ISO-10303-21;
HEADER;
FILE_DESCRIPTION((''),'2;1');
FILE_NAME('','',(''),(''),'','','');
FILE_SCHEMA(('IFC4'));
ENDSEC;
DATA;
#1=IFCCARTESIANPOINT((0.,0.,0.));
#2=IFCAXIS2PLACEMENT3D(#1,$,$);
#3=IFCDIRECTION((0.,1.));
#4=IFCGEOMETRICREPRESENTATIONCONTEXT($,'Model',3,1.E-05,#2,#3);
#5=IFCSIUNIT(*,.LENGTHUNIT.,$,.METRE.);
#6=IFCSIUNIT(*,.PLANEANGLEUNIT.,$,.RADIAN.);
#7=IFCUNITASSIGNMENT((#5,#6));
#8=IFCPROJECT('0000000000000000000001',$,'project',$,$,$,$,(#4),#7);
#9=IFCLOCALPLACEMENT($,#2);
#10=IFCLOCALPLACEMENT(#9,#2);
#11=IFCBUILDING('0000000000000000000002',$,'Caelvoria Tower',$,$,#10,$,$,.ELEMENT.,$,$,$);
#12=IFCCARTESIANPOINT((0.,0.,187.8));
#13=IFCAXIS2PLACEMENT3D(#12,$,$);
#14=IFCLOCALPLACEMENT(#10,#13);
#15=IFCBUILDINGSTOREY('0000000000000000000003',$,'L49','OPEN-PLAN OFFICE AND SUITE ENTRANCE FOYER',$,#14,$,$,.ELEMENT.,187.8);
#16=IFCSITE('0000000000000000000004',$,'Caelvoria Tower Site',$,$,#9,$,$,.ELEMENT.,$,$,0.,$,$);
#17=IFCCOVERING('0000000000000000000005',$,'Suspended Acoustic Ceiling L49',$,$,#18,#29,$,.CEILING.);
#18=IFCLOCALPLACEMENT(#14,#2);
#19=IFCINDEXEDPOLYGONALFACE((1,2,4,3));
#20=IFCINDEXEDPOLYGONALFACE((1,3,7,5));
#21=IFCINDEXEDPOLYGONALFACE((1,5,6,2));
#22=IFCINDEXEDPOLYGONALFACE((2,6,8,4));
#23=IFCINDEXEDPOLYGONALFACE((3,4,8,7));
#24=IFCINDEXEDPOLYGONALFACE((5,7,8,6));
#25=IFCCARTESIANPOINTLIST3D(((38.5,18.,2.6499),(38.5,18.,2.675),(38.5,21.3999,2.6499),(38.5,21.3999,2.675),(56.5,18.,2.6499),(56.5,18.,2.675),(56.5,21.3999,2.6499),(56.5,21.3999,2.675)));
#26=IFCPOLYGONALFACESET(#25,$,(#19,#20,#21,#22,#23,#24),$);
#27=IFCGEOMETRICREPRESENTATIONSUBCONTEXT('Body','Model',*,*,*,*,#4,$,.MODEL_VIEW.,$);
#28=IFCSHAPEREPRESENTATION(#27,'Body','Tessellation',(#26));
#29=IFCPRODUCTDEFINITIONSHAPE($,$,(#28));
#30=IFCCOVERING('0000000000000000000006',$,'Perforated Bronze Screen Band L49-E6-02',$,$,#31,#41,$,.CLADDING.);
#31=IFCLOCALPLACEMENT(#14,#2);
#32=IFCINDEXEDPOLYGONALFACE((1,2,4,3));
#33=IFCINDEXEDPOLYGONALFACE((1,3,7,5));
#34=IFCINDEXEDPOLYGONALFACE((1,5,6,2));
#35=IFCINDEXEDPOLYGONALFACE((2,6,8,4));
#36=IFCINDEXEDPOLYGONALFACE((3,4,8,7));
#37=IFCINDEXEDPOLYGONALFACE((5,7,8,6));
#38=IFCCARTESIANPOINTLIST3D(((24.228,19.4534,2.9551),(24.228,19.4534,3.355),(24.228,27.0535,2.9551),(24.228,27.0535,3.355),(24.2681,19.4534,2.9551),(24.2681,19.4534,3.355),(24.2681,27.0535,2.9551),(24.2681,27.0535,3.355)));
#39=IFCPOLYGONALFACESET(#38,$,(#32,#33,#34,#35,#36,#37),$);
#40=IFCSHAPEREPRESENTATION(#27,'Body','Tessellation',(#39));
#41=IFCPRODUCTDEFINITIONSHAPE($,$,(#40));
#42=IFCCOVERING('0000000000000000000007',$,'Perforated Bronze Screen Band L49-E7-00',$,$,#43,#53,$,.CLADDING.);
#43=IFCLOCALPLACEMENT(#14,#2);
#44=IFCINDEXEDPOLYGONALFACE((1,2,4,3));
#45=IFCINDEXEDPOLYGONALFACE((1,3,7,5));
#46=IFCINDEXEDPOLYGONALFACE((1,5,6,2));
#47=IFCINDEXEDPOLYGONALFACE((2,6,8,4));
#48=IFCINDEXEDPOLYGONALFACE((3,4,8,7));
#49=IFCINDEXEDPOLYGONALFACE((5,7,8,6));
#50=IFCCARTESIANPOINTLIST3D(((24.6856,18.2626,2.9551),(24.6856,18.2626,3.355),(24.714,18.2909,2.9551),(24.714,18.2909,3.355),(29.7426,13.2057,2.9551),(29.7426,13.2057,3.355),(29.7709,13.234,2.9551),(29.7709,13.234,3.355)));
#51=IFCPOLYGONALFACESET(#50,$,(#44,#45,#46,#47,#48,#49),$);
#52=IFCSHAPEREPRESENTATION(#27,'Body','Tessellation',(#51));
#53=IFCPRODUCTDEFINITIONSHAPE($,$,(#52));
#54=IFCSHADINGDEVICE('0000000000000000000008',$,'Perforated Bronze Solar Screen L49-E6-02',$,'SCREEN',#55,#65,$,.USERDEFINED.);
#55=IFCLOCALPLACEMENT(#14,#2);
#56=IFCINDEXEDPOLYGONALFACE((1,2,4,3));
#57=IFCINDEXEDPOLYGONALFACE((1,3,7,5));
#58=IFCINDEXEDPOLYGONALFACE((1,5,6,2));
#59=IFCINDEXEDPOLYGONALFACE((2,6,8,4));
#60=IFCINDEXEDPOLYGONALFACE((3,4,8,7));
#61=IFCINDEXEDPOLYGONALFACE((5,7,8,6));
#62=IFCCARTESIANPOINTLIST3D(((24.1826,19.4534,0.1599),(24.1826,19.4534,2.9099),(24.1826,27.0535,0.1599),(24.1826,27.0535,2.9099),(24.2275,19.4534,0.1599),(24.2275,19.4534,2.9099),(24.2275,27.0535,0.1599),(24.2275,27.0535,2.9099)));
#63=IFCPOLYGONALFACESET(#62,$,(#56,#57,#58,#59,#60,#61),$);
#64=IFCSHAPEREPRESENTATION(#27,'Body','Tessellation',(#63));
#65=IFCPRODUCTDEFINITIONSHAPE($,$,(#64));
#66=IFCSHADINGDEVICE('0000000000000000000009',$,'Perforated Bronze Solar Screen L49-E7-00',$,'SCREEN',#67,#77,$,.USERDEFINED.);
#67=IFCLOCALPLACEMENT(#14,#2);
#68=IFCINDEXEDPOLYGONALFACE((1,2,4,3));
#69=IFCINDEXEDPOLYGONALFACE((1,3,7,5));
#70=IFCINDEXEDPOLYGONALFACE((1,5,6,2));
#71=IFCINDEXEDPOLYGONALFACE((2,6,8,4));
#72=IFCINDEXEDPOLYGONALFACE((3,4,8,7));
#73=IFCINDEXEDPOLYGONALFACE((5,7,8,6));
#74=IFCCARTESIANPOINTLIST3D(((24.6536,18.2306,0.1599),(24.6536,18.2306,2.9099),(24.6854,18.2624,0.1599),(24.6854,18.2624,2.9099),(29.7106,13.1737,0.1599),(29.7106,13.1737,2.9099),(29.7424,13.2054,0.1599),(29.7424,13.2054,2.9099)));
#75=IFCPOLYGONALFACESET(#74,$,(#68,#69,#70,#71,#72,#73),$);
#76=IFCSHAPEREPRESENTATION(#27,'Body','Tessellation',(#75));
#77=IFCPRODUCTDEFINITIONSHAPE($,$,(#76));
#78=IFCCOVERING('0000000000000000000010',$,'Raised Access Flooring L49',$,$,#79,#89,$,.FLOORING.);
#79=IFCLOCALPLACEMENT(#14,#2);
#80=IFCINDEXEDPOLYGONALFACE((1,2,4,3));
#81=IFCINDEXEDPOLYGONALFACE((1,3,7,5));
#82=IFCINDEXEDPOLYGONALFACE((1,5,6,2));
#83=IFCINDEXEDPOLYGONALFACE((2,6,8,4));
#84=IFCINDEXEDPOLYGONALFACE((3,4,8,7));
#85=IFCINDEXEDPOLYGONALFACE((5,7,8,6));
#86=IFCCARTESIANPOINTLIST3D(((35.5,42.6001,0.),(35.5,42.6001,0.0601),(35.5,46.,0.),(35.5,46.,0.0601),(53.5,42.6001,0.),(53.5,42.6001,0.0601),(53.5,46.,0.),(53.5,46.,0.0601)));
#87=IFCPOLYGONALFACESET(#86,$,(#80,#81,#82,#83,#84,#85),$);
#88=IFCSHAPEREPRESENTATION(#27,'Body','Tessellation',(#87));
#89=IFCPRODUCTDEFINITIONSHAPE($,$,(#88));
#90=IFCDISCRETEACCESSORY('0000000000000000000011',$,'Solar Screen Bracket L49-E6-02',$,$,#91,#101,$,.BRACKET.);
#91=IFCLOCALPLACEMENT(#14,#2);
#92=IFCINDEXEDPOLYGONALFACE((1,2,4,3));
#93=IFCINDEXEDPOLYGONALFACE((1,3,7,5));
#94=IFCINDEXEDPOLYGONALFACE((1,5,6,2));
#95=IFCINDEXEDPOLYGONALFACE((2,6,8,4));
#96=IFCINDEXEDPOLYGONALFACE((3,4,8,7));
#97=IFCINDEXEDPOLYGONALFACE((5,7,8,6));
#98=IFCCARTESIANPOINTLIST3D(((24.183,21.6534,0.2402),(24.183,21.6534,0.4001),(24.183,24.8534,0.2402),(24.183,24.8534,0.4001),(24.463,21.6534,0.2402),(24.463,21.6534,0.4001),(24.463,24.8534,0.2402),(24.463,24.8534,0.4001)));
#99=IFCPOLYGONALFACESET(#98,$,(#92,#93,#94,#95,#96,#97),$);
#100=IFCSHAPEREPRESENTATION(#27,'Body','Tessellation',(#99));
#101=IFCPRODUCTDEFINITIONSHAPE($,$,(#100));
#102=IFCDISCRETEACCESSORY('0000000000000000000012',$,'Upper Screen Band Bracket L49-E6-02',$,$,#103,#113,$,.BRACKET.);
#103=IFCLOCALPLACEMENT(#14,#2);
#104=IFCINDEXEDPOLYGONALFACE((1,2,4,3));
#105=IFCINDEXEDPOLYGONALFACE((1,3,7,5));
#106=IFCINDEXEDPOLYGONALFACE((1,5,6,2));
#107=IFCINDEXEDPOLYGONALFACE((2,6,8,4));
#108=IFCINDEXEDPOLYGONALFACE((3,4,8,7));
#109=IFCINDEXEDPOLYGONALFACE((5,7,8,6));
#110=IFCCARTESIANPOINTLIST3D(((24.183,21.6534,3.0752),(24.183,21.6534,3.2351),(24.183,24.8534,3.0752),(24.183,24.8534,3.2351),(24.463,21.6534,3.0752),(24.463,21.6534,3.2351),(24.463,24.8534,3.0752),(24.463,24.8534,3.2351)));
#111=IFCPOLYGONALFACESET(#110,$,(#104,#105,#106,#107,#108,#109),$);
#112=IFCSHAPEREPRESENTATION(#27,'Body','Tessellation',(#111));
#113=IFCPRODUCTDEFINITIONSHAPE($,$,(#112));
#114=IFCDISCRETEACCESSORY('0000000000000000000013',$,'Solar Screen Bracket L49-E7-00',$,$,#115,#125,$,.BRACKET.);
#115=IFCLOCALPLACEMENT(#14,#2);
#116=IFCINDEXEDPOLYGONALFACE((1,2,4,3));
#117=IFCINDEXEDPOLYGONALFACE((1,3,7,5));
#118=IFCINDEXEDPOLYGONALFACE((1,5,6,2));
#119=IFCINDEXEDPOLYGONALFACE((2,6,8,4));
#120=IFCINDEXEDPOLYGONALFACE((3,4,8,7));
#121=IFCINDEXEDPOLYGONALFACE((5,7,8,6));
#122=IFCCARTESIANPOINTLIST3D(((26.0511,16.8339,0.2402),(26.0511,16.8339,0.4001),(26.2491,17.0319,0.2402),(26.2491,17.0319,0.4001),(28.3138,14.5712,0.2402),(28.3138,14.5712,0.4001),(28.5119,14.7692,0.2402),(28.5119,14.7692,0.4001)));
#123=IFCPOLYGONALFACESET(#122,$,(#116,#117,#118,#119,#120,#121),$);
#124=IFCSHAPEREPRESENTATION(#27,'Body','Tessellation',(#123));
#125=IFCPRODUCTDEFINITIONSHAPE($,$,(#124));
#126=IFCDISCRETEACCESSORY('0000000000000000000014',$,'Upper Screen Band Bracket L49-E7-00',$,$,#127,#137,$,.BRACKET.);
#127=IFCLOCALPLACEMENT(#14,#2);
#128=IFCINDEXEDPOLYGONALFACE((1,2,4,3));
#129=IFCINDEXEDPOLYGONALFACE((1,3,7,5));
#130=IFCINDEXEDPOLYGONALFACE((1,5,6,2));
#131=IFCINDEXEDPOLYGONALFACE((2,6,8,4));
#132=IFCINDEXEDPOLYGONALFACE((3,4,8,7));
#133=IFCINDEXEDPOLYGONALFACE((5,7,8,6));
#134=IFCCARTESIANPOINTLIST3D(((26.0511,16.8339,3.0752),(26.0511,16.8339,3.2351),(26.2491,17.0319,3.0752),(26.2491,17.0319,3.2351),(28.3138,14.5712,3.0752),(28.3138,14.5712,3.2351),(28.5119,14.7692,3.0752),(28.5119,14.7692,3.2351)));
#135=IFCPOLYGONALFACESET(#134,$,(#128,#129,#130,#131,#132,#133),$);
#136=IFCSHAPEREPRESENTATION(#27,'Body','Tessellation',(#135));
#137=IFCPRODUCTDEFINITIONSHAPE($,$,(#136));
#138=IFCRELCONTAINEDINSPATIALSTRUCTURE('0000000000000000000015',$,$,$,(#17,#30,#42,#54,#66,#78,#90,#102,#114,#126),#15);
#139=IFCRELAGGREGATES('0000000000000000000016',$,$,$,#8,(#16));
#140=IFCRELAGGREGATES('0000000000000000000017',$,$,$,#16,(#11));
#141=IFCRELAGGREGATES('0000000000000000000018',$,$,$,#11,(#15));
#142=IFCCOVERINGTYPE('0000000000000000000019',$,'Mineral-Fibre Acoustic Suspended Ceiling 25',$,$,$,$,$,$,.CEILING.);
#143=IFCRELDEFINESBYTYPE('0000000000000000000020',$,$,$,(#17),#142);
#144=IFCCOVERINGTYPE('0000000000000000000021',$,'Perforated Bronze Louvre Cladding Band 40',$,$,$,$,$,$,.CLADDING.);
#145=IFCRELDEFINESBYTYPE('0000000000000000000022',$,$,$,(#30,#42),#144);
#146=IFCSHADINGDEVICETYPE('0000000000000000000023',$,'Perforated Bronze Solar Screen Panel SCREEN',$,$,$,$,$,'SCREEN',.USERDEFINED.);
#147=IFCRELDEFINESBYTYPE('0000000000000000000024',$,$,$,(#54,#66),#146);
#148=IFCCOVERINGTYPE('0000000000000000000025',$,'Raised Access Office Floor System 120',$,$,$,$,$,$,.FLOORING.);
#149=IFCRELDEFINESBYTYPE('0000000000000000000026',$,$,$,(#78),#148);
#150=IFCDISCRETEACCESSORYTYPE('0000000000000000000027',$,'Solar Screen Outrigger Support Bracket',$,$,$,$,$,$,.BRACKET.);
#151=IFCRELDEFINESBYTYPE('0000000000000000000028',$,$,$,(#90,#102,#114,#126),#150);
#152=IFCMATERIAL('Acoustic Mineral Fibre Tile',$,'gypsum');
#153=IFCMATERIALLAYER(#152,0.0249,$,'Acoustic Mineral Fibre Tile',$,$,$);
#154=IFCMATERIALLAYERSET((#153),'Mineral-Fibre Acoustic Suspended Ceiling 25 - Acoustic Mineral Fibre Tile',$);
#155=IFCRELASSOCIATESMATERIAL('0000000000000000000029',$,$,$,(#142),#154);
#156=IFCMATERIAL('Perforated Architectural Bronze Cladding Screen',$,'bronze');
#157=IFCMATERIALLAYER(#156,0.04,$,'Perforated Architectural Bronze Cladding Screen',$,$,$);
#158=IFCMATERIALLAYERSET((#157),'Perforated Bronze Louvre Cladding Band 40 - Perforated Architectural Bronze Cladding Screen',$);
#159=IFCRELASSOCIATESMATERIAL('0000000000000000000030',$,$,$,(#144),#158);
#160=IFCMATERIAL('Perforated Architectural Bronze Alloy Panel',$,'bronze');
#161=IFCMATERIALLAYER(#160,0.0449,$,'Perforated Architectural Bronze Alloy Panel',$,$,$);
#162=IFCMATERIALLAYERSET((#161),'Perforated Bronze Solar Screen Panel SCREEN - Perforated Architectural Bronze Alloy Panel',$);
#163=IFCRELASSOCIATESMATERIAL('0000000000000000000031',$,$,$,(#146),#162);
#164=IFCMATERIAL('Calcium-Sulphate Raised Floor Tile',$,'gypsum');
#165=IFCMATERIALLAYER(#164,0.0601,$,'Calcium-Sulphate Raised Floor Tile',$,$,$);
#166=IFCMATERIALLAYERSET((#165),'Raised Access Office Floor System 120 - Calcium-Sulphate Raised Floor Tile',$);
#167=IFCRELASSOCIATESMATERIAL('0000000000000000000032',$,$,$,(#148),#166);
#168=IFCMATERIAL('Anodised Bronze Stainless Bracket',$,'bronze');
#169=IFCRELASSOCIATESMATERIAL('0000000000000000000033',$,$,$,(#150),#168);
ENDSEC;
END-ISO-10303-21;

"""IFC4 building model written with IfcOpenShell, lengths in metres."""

from ifc_helpers import new_model, si_unit, direction, frame, origin, origin_2d, place, context, subcontext, project, spatial, polyline, rectangle, outline, extrude, material, layer, layer_set, type_object, element, save


model = new_model("IFC4")

# Units and contexts
model_context = context("Model", 3, precision=1e-05, world=origin(), true_north=direction((0.0, 1.0)))
body_context = subcontext(model_context, "Body", "Model", "MODEL_VIEW")
ifc_project = project(units=[si_unit("LENGTHUNIT", "METRE"), si_unit("PLANEANGLEUNIT", "RADIAN")], contexts=[model_context])

# Site, building, storey
site_placement = place(None, origin())
site = spatial("IfcSite", under=ifc_project, at=site_placement, Name="Caelvoria Tower Site", CompositionType="ELEMENT", RefElevation=0.0)
building_placement = place(site_placement, origin())
building = spatial("IfcBuilding", under=site, at=building_placement, Name="Caelvoria Tower", CompositionType="ELEMENT")
storey_placement = place(building_placement, frame((0.0, 0.0, 187.8)))
storey = spatial("IfcBuildingStorey", under=building, at=storey_placement, Name="L49", Description="OPEN-PLAN OFFICE AND SUITE ENTRANCE FOYER", CompositionType="ELEMENT", Elevation=187.8)

# Coverings
ifc_material_1 = material(Name="Acoustic Mineral Fibre Tile", Category="gypsum")
ifc_layer_1 = layer(ifc_material_1, 0.0249, Name="Acoustic Mineral Fibre Tile")
ifc_layer_set_1 = layer_set([ifc_layer_1], Name="Mineral-Fibre Acoustic Suspended Ceiling 25 - Acoustic Mineral Fibre Tile")
covering_type_1 = type_object("IfcCoveringType", Name="Mineral-Fibre Acoustic Suspended Ceiling 25", PredefinedType="CEILING", material=ifc_layer_set_1)
covering_1_placement = place(storey_placement, frame((0.0, 0.0, 2.6499)))
element("IfcCovering", 1, at=covering_1_placement, inside=storey, type_object=covering_type_1, Name="Suspended Acoustic Ceiling L49", PredefinedType="CEILING", context=body_context, shape_type="SweptSolid", body=[
    extrude(outline(polyline([(38.5, 18.0), (56.5, 18.0), (56.5, 21.3999), (38.5, 21.3999), (38.5, 18.0)])), origin(), (0.0, 0.0, 1.0), 0.0251),
])
ifc_material_2 = material(Name="Perforated Architectural Bronze Cladding Screen", Category="bronze")
ifc_layer_2 = layer(ifc_material_2, 0.04, Name="Perforated Architectural Bronze Cladding Screen")
ifc_layer_set_2 = layer_set([ifc_layer_2], Name="Perforated Bronze Louvre Cladding Band 40 - Perforated Architectural Bronze Cladding Screen")
covering_type_2 = type_object("IfcCoveringType", Name="Perforated Bronze Louvre Cladding Band 40", PredefinedType="CLADDING", material=ifc_layer_set_2)
covering_2_placement = place(storey_placement, frame((24.248, 23.2534, 2.9551), z_axis=(0.0, 0.0, 1.0), x_axis=(0.0, -1.0, 0.0)))
element("IfcCovering", 2, at=covering_2_placement, inside=storey, type_object=covering_type_2, Name="Perforated Bronze Screen Band L49-E6-02", PredefinedType="CLADDING", context=body_context, shape_type="SweptSolid", body=[
    extrude(rectangle(XDim=7.6001, YDim=0.04, at=origin_2d()), origin(), (0.0, 0.0, 1.0), 0.3999),
])
covering_3_placement = place(storey_placement, frame((27.2283, 15.7483, 2.9551), z_axis=(0.0, 0.0, 1.0), x_axis=(0.707107, -0.707107, 0.0)))
element("IfcCovering", 3, at=covering_3_placement, inside=storey, type_object=covering_type_2, Name="Perforated Bronze Screen Band L49-E7-00", PredefinedType="CLADDING", context=body_context, shape_type="SweptSolid", body=[
    extrude(rectangle(XDim=7.1516, YDim=0.04, at=origin_2d()), origin(), (0.0, 0.0, 1.0), 0.3999),
])

# Shading devices
ifc_material_3 = material(Name="Perforated Architectural Bronze Alloy Panel", Category="bronze")
ifc_layer_3 = layer(ifc_material_3, 0.0449, Name="Perforated Architectural Bronze Alloy Panel")
ifc_layer_set_3 = layer_set([ifc_layer_3], Name="Perforated Bronze Solar Screen Panel SCREEN - Perforated Architectural Bronze Alloy Panel")
shading_device_type = type_object("IfcShadingDeviceType", Name="Perforated Bronze Solar Screen Panel SCREEN", ElementType="SCREEN", PredefinedType="USERDEFINED", material=ifc_layer_set_3)
shading_device_1_placement = place(storey_placement, frame((24.2051, 23.2534, 0.1599), z_axis=(0.0, 0.0, 1.0), x_axis=(0.0, -1.0, 0.0)))
element("IfcShadingDevice", 4, at=shading_device_1_placement, inside=storey, type_object=shading_device_type, Name="Perforated Bronze Solar Screen L49-E6-02", ObjectType="SCREEN", PredefinedType="USERDEFINED", context=body_context, shape_type="SweptSolid", body=[
    extrude(rectangle(XDim=7.6001, YDim=0.0449, at=origin_2d()), origin(), (0.0, 0.0, 1.0), 2.75),
])
shading_device_2_placement = place(storey_placement, frame((27.198, 15.718, 0.1599), z_axis=(0.0, 0.0, 1.0), x_axis=(0.707107, -0.707107, 0.0)))
element("IfcShadingDevice", 5, at=shading_device_2_placement, inside=storey, type_object=shading_device_type, Name="Perforated Bronze Solar Screen L49-E7-00", ObjectType="SCREEN", PredefinedType="USERDEFINED", context=body_context, shape_type="SweptSolid", body=[
    extrude(rectangle(XDim=7.1516, YDim=0.0449, at=origin_2d()), origin(), (0.0, 0.0, 1.0), 2.75),
])

# Covering
ifc_material_4 = material(Name="Calcium-Sulphate Raised Floor Tile", Category="gypsum")
ifc_layer_4 = layer(ifc_material_4, 0.0601, Name="Calcium-Sulphate Raised Floor Tile")
ifc_layer_set_4 = layer_set([ifc_layer_4], Name="Raised Access Office Floor System 120 - Calcium-Sulphate Raised Floor Tile")
covering_type_3 = type_object("IfcCoveringType", Name="Raised Access Office Floor System 120", PredefinedType="FLOORING", material=ifc_layer_set_4)
covering_4_placement = place(storey_placement, origin())
element("IfcCovering", 6, at=covering_4_placement, inside=storey, type_object=covering_type_3, Name="Raised Access Flooring L49", PredefinedType="FLOORING", context=body_context, shape_type="SweptSolid", body=[
    extrude(outline(polyline([(35.5, 42.6001), (53.5, 42.6001), (53.5, 46.0), (35.5, 46.0), (35.5, 42.6001)])), origin(), (0.0, 0.0, 1.0), 0.0601),
])

# Discrete accessories
ifc_material_5 = material(Name="Anodised Bronze Stainless Bracket", Category="bronze")
discrete_accessory_type = type_object("IfcDiscreteAccessoryType", Name="Solar Screen Outrigger Support Bracket", PredefinedType="BRACKET", material=ifc_material_5)
for number, where, z_axis, x_axis, name in (
    (7, (24.323, 23.2534, 0.2402), (0.0, 0.0, 1.0), (0.0, -1.0, 0.0), "Solar Screen Bracket L49-E6-02"),
    (8, (24.323, 23.2534, 3.0752), (0.0, 0.0, 1.0), (0.0, -1.0, 0.0), "Upper Screen Band Bracket L49-E6-02"),
    (9, (27.2815, 15.8015, 0.2402), (0.0, 0.0, 1.0), (0.707107, -0.707107, 0.0), "Solar Screen Bracket L49-E7-00"),
    (10, (27.2815, 15.8015, 3.0752), (0.0, 0.0, 1.0), (0.707107, -0.707107, 0.0), "Upper Screen Band Bracket L49-E7-00"),
):
    element("IfcDiscreteAccessory", number, at=place(storey_placement, frame(where, z_axis=z_axis, x_axis=x_axis)), inside=storey, type_object=discrete_accessory_type, Name=name, PredefinedType="BRACKET", context=body_context, shape_type="SweptSolid", body=[
        extrude(rectangle(XDim=3.2, YDim=0.28, at=origin_2d()), origin(), (0.0, 0.0, 1.0), 0.1599),
    ])

save(model, "model.ifc")
